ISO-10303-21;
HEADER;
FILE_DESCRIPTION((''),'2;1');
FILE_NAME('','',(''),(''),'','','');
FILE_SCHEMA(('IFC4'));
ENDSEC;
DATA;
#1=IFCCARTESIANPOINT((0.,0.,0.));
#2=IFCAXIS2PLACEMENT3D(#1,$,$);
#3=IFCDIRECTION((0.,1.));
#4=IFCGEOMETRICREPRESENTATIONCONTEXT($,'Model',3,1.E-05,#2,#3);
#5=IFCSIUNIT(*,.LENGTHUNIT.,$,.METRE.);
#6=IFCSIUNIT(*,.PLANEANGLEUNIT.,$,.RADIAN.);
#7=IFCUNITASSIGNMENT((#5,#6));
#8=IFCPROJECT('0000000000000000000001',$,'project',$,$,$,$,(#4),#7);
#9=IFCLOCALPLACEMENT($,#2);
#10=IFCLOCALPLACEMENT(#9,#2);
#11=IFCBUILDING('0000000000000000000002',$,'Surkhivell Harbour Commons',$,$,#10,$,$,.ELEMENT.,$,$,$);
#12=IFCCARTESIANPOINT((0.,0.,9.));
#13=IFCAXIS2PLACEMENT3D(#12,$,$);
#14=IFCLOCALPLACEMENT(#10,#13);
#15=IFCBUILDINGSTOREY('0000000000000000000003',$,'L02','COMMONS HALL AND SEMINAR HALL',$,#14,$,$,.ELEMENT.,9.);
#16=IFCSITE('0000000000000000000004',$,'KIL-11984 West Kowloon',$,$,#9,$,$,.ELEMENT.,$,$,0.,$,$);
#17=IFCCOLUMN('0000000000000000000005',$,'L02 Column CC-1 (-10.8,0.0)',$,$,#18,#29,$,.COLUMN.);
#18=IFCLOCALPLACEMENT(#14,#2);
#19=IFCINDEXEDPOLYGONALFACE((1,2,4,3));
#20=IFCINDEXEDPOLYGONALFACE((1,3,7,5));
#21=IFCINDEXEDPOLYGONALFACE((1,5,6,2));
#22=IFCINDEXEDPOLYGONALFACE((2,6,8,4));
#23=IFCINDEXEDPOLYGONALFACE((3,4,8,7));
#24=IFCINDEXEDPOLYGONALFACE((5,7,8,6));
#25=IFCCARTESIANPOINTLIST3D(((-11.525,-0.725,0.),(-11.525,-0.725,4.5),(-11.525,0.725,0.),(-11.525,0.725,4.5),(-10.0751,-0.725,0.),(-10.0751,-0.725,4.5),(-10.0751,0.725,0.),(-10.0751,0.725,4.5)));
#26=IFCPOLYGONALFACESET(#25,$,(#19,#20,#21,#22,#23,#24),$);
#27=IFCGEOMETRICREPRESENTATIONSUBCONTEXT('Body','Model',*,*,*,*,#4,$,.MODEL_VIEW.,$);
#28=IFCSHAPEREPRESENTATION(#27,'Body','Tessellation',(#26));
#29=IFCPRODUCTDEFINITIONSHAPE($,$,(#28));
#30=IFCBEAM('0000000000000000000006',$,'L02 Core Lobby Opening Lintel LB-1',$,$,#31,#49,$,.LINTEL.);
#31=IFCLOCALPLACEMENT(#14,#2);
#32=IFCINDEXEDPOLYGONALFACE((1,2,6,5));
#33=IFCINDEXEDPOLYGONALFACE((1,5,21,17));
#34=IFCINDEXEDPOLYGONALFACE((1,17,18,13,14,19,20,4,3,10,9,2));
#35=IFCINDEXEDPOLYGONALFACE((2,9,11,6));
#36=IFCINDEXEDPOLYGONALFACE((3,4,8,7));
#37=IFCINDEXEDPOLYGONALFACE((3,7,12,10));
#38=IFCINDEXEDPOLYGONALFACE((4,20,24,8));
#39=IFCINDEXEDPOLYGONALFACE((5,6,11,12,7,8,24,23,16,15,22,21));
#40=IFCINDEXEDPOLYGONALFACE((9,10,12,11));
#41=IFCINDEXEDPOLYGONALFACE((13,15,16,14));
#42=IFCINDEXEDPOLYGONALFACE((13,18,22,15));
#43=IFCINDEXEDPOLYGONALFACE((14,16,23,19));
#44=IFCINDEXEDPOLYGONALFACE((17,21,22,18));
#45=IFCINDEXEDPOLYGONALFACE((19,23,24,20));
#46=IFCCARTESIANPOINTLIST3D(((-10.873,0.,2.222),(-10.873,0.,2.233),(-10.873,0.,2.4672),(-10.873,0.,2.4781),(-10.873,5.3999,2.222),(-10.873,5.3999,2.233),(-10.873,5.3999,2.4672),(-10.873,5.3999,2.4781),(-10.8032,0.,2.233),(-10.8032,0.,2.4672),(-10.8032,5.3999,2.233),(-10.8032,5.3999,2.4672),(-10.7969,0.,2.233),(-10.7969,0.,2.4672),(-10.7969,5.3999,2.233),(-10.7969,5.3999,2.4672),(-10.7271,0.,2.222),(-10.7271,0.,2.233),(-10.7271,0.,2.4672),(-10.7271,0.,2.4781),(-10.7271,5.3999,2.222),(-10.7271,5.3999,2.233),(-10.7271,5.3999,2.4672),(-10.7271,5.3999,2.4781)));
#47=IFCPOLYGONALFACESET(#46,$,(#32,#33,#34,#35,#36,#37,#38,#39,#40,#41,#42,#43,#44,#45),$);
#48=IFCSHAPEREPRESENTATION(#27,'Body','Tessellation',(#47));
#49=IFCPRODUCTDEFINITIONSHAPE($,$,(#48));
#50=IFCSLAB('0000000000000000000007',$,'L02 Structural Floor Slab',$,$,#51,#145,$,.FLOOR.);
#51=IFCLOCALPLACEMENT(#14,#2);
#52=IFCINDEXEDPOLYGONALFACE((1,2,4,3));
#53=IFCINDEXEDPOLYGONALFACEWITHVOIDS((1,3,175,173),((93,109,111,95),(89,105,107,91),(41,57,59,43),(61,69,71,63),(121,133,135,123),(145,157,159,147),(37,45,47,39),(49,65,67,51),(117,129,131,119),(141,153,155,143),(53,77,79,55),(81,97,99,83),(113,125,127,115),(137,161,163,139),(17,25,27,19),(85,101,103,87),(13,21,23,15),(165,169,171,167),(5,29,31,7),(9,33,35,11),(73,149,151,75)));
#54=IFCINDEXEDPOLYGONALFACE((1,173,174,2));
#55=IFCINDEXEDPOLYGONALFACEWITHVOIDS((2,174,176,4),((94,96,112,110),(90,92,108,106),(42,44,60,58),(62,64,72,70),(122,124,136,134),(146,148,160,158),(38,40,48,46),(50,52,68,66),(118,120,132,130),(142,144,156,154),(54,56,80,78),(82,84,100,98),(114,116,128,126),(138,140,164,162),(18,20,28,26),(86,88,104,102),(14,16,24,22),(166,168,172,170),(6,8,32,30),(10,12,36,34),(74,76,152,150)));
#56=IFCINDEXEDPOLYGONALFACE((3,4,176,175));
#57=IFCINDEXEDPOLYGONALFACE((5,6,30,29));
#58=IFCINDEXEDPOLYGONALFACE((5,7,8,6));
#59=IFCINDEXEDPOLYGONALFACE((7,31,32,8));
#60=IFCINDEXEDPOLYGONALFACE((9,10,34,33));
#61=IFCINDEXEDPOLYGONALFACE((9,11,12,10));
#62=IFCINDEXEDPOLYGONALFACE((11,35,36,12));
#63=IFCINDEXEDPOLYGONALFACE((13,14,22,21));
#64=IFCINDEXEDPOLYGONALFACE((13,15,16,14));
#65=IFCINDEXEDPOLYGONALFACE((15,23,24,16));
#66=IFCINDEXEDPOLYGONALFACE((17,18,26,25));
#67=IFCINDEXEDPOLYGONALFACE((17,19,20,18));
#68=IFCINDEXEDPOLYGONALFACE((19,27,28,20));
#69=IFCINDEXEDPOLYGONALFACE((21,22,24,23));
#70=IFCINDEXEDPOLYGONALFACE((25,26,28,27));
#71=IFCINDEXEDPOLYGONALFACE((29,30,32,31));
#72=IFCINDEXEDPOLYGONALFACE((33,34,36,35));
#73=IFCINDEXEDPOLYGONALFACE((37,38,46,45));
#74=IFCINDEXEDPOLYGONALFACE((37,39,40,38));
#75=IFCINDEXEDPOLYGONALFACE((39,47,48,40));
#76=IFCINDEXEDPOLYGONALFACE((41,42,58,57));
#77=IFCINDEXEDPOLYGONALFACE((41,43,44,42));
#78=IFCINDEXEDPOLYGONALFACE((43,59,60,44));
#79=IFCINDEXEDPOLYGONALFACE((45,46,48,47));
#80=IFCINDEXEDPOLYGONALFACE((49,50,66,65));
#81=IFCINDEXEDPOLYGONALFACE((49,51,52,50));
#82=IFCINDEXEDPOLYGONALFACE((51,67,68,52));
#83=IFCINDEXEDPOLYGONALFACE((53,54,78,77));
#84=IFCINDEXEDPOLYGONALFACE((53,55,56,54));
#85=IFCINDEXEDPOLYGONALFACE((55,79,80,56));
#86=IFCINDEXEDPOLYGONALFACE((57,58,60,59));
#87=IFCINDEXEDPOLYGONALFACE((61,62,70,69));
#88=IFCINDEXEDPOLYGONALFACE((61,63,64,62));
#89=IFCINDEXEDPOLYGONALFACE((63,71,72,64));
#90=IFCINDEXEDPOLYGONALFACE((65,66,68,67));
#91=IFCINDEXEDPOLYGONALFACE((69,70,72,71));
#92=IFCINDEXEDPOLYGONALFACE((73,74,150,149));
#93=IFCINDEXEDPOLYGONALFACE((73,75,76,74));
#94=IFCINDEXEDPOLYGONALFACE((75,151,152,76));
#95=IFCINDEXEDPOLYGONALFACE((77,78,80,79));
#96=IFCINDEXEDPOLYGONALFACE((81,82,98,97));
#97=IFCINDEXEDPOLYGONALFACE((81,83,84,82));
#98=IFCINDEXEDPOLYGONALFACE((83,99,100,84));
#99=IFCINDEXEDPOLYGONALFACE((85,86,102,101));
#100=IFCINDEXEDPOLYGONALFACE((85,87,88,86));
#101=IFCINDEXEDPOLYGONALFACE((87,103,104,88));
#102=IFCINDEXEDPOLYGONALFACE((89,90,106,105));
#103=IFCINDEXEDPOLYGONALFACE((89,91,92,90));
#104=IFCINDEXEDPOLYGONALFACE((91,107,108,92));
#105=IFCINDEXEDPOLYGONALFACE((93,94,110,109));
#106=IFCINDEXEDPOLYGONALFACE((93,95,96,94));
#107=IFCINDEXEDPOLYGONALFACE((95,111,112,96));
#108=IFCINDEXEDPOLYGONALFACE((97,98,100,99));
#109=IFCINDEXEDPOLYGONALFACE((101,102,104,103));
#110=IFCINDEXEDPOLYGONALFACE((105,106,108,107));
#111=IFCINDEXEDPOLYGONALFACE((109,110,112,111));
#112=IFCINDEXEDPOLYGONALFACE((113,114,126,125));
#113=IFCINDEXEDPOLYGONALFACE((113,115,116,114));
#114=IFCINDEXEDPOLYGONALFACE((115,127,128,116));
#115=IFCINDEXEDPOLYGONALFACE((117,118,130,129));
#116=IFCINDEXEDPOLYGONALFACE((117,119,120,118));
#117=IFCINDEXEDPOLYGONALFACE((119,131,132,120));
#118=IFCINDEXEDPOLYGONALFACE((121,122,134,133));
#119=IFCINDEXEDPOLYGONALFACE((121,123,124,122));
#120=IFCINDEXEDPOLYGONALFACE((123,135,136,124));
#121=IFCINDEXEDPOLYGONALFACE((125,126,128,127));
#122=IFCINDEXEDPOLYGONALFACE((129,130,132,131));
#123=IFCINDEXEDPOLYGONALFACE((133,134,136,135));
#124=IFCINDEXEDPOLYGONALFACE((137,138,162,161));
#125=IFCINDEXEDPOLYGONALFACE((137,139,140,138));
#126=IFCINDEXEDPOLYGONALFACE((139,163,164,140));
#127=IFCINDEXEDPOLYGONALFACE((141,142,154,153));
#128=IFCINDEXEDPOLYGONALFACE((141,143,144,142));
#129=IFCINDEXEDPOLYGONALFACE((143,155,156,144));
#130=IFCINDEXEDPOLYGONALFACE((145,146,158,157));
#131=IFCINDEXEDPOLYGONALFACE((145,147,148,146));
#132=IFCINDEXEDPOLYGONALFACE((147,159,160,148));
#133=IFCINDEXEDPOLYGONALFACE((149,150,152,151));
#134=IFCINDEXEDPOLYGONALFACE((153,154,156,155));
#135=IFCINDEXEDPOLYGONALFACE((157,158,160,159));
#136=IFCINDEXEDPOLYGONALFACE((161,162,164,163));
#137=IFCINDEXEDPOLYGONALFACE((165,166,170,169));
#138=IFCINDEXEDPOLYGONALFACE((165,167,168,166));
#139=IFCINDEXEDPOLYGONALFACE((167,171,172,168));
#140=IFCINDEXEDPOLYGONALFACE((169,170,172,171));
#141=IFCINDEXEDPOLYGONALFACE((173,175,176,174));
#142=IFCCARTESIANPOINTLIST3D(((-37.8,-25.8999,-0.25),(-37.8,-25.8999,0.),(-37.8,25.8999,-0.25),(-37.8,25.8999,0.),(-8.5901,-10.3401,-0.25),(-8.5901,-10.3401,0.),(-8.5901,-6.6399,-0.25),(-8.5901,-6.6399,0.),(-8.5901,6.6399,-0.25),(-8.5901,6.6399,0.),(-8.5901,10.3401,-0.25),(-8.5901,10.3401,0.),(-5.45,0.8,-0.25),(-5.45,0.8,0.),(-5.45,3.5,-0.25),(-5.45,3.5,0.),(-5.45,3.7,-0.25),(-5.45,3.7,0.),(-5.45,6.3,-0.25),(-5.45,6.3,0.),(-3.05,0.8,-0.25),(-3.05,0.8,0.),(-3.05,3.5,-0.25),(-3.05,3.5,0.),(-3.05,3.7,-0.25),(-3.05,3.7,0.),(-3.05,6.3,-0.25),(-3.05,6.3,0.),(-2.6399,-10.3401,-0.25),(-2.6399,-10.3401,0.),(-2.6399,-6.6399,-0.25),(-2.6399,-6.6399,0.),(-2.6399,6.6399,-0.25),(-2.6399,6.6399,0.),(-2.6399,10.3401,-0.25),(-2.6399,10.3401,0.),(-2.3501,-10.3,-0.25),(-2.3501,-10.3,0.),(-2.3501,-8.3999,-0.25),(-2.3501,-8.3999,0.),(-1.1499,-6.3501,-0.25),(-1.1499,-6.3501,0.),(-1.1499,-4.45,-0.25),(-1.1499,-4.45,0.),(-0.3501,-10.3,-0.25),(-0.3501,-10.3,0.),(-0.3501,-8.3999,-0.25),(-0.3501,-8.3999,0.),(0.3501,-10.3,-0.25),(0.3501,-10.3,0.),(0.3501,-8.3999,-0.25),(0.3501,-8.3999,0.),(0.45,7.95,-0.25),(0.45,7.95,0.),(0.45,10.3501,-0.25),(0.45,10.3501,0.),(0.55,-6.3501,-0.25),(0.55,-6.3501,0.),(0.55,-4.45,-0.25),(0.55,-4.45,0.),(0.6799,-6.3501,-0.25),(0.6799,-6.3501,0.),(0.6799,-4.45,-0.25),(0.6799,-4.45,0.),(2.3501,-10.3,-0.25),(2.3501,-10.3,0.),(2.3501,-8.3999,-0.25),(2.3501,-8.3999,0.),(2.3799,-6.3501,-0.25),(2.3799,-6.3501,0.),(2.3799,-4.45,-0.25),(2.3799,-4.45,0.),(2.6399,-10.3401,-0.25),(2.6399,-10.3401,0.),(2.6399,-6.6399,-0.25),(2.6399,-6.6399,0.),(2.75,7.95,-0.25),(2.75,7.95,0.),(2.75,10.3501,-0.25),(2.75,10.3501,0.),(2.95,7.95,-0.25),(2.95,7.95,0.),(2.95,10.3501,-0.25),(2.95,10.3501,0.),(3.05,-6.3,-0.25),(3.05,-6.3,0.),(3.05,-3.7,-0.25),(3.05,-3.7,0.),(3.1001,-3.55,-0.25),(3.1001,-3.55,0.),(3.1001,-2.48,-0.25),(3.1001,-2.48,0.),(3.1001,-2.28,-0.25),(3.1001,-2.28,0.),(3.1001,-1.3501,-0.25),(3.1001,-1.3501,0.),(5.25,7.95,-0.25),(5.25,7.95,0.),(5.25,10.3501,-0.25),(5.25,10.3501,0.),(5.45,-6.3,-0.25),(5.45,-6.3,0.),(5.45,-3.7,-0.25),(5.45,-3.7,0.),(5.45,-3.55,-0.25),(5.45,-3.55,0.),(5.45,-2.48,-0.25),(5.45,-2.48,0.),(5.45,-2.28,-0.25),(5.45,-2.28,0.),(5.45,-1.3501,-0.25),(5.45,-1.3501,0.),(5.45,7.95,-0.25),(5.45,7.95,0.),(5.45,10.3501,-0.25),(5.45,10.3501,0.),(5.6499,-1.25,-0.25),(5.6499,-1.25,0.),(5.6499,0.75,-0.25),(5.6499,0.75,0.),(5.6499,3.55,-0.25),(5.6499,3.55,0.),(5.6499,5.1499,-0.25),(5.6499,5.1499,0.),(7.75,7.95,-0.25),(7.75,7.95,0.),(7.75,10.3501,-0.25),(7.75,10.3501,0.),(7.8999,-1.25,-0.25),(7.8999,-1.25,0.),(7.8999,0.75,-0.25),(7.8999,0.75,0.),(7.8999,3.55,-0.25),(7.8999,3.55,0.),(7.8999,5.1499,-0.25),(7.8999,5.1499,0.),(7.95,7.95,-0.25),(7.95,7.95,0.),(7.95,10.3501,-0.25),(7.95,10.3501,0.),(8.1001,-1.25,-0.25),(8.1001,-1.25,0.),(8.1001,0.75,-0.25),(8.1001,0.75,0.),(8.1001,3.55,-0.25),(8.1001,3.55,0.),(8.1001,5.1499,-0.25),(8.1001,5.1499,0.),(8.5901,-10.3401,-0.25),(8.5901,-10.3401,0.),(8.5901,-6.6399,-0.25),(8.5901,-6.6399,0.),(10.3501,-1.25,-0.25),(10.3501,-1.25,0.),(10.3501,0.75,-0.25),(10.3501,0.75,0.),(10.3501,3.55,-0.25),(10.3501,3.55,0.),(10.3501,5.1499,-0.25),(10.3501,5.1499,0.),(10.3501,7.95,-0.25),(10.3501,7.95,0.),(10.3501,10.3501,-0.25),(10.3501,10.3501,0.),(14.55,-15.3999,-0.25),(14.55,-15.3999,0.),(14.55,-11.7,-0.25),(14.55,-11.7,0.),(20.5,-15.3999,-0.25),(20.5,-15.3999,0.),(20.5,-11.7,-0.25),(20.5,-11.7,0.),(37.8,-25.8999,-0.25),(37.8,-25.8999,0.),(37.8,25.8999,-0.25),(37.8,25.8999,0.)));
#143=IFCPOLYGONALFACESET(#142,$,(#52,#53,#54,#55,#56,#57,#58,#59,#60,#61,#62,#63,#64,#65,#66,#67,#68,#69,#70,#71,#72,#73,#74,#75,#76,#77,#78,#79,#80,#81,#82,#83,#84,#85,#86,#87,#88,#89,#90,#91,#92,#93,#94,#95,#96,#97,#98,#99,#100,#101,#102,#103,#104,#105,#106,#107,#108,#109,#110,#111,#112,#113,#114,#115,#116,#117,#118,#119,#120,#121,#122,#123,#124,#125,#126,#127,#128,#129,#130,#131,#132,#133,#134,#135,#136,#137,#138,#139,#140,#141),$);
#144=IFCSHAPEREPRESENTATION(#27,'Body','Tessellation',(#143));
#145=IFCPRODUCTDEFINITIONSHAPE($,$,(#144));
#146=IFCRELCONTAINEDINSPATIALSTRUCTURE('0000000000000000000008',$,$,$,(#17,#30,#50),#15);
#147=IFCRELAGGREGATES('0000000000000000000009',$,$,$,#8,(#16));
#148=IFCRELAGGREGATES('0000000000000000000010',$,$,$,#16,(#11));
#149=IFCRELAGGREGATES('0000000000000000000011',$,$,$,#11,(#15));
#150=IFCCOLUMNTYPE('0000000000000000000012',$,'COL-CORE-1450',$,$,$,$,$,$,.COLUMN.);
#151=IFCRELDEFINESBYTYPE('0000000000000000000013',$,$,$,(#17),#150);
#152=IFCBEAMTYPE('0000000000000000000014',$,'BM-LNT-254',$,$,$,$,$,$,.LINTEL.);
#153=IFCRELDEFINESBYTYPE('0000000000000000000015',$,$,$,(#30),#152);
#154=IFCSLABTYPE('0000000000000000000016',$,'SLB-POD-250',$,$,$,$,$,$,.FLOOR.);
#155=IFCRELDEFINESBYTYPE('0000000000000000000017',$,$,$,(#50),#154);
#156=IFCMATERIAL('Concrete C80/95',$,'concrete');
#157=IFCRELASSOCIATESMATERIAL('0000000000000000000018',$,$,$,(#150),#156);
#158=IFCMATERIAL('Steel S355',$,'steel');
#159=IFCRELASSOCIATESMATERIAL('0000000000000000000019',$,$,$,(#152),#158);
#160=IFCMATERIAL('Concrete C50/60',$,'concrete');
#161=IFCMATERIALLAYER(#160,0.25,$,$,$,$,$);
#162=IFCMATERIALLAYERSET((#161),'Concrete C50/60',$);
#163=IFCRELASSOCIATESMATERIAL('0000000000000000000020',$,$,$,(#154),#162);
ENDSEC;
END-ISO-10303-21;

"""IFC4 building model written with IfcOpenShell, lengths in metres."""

from ifc_helpers import new_model, si_unit, direction, frame, origin, origin_2d, place, context, subcontext, project, spatial, polyline, rectangle, i_section, outline, extrude, material, layer, layer_set, material_profile, profile_set, type_object, element, save


model = new_model("IFC4")

# Units and contexts
model_context = context("Model", 3, precision=1e-05, world=origin(), true_north=direction((0.0, 1.0)))
body_context = subcontext(model_context, "Body", "Model", "MODEL_VIEW")
ifc_project = project(units=[si_unit("LENGTHUNIT", "METRE"), si_unit("PLANEANGLEUNIT", "RADIAN")], contexts=[model_context])

# Site, building, storey
site_placement = place(None, origin())
site = spatial("IfcSite", under=ifc_project, at=site_placement, Name="KIL-11984 West Kowloon", CompositionType="ELEMENT", RefElevation=0.0)
building_placement = place(site_placement, origin())
building = spatial("IfcBuilding", under=site, at=building_placement, Name="Surkhivell Harbour Commons", CompositionType="ELEMENT")
storey_placement = place(building_placement, frame((0.0, 0.0, 9.0)))
storey = spatial("IfcBuildingStorey", under=building, at=storey_placement, Name="L02", Description="COMMONS HALL AND SEMINAR HALL", CompositionType="ELEMENT", Elevation=9.0)

# Column
ifc_material_1 = material(Name="Concrete C80/95", Category="concrete")
ifc_material_profile_1 = material_profile(ifc_material_1, rectangle(XDim=1.45, YDim=1.45, at=origin_2d()), Name="RC-COL-1450x1450")
ifc_profile_set_1 = profile_set([ifc_material_profile_1], Name="Concrete C80/95")
column_type = type_object("IfcColumnType", Name="COL-CORE-1450", PredefinedType="COLUMN", material=ifc_profile_set_1)
column_placement = place(storey_placement, frame((-10.8, 0.0, 0.0), z_axis=(0.0, 0.0, 1.0), x_axis=(1.0, 0.0, 0.0)))
element("IfcColumn", 1, at=column_placement, inside=storey, type_object=column_type, Name="L02 Column CC-1 (-10.8,0.0)", PredefinedType="COLUMN", context=body_context, shape_type="SweptSolid", body=[
    extrude(rectangle(XDim=1.45, YDim=1.45, at=origin_2d()), origin(), (0.0, 0.0, 1.0), 4.5),
])

# Beam
ifc_material_2 = material(Name="Steel S355", Category="steel")
ifc_material_profile_2 = material_profile(ifc_material_2, i_section(OverallWidth=0.146, OverallDepth=0.2561, WebThickness=0.0063, FlangeThickness=0.011, at=origin_2d()), Name="UB254x146x37")
ifc_profile_set_2 = profile_set([ifc_material_profile_2], Name="Steel S355")
beam_type = type_object("IfcBeamType", Name="BM-LNT-254", PredefinedType="LINTEL", material=ifc_profile_set_2)
beam_placement = place(storey_placement, frame((-10.8, 0.0, 2.3501), z_axis=(0.0, 1.0, 0.0), x_axis=(-1.0, 0.0, 0.0)))
element("IfcBeam", 2, at=beam_placement, inside=storey, type_object=beam_type, Name="L02 Core Lobby Opening Lintel LB-1", PredefinedType="LINTEL", context=body_context, shape_type="SweptSolid", body=[
    extrude(i_section(OverallWidth=0.146, OverallDepth=0.2561, WebThickness=0.0063, FlangeThickness=0.011, at=origin_2d()), origin(), (0.0, 0.0, 1.0), 5.3999),
])

# Slab
ifc_material_3 = material(Name="Concrete C50/60", Category="concrete")
ifc_layer_1 = layer(ifc_material_3, 0.25)
ifc_layer_set_1 = layer_set([ifc_layer_1], Name="Concrete C50/60")
slab_type = type_object("IfcSlabType", Name="SLB-POD-250", PredefinedType="FLOOR", material=ifc_layer_set_1)
slab_placement = place(storey_placement, frame((0.0, 0.0, -0.25)))
element("IfcSlab", 3, at=slab_placement, inside=storey, type_object=slab_type, Name="L02 Structural Floor Slab", PredefinedType="FLOOR", context=body_context, shape_type="SweptSolid", body=[
    extrude(outline(polyline([(-37.8, -25.8999), (37.8, -25.8999), (37.8, 25.8999), (-37.8, 25.8999), (-37.8, -25.8999)]), holes=[polyline([(-8.5901, 6.6399), (-2.6399, 6.6399), (-2.6399, 10.3401), (-8.5901, 10.3401), (-8.5901, 6.6399)]), polyline([(8.5901, -6.6399), (2.6399, -6.6399), (2.6399, -10.3401), (8.5901, -10.3401), (8.5901, -6.6399)]), polyline([(-8.5901, -10.3401), (-2.6399, -10.3401), (-2.6399, -6.6399), (-8.5901, -6.6399), (-8.5901, -10.3401)]), polyline([(14.55, -15.3999), (20.5, -15.3999), (20.5, -11.7), (14.55, -11.7), (14.55, -15.3999)]), polyline([(0.45, 7.95), (2.75, 7.95), (2.75, 10.3501), (0.45, 10.3501), (0.45, 7.95)]), polyline([(2.95, 7.95), (5.25, 7.95), (5.25, 10.3501), (2.95, 10.3501), (2.95, 7.95)]), polyline([(5.45, 7.95), (7.75, 7.95), (7.75, 10.3501), (5.45, 10.3501), (5.45, 7.95)]), polyline([(7.95, 7.95), (10.3501, 7.95), (10.3501, 10.3501), (7.95, 10.3501), (7.95, 7.95)]), polyline([(5.6499, 3.55), (7.8999, 3.55), (7.8999, 5.1499), (5.6499, 5.1499), (5.6499, 3.55)]), polyline([(8.1001, 3.55), (10.3501, 3.55), (10.3501, 5.1499), (8.1001, 5.1499), (8.1001, 3.55)]), polyline([(5.6499, -1.25), (7.8999, -1.25), (7.8999, 0.75), (5.6499, 0.75), (5.6499, -1.25)]), polyline([(8.1001, -1.25), (10.3501, -1.25), (10.3501, 0.75), (8.1001, 0.75), (8.1001, -1.25)]), polyline([(-1.1499, -6.3501), (0.55, -6.3501), (0.55, -4.45), (-1.1499, -4.45), (-1.1499, -6.3501)]), polyline([(0.6799, -6.3501), (2.3799, -6.3501), (2.3799, -4.45), (0.6799, -4.45), (0.6799, -6.3501)]), polyline([(-2.3501, -10.3), (-0.3501, -10.3), (-0.3501, -8.3999), (-2.3501, -8.3999), (-2.3501, -10.3)]), polyline([(0.3501, -10.3), (2.3501, -10.3), (2.3501, -8.3999), (0.3501, -8.3999), (0.3501, -10.3)]), polyline([(-5.45, 3.7), (-3.05, 3.7), (-3.05, 6.3), (-5.45, 6.3), (-5.45, 3.7)]), polyline([(3.05, -6.3), (5.45, -6.3), (5.45, -3.7), (3.05, -3.7), (3.05, -6.3)]), polyline([(-5.45, 0.8), (-3.05, 0.8), (-3.05, 3.5), (-5.45, 3.5), (-5.45, 0.8)]), polyline([(3.1001, -3.55), (5.45, -3.55), (5.45, -2.48), (3.1001, -2.48), (3.1001, -3.55)]), polyline([(3.1001, -2.28), (5.45, -2.28), (5.45, -1.3501), (3.1001, -1.3501), (3.1001, -2.28)])]), origin(), (0.0, 0.0, 1.0), 0.25),
])

save(model, "model.ifc")
